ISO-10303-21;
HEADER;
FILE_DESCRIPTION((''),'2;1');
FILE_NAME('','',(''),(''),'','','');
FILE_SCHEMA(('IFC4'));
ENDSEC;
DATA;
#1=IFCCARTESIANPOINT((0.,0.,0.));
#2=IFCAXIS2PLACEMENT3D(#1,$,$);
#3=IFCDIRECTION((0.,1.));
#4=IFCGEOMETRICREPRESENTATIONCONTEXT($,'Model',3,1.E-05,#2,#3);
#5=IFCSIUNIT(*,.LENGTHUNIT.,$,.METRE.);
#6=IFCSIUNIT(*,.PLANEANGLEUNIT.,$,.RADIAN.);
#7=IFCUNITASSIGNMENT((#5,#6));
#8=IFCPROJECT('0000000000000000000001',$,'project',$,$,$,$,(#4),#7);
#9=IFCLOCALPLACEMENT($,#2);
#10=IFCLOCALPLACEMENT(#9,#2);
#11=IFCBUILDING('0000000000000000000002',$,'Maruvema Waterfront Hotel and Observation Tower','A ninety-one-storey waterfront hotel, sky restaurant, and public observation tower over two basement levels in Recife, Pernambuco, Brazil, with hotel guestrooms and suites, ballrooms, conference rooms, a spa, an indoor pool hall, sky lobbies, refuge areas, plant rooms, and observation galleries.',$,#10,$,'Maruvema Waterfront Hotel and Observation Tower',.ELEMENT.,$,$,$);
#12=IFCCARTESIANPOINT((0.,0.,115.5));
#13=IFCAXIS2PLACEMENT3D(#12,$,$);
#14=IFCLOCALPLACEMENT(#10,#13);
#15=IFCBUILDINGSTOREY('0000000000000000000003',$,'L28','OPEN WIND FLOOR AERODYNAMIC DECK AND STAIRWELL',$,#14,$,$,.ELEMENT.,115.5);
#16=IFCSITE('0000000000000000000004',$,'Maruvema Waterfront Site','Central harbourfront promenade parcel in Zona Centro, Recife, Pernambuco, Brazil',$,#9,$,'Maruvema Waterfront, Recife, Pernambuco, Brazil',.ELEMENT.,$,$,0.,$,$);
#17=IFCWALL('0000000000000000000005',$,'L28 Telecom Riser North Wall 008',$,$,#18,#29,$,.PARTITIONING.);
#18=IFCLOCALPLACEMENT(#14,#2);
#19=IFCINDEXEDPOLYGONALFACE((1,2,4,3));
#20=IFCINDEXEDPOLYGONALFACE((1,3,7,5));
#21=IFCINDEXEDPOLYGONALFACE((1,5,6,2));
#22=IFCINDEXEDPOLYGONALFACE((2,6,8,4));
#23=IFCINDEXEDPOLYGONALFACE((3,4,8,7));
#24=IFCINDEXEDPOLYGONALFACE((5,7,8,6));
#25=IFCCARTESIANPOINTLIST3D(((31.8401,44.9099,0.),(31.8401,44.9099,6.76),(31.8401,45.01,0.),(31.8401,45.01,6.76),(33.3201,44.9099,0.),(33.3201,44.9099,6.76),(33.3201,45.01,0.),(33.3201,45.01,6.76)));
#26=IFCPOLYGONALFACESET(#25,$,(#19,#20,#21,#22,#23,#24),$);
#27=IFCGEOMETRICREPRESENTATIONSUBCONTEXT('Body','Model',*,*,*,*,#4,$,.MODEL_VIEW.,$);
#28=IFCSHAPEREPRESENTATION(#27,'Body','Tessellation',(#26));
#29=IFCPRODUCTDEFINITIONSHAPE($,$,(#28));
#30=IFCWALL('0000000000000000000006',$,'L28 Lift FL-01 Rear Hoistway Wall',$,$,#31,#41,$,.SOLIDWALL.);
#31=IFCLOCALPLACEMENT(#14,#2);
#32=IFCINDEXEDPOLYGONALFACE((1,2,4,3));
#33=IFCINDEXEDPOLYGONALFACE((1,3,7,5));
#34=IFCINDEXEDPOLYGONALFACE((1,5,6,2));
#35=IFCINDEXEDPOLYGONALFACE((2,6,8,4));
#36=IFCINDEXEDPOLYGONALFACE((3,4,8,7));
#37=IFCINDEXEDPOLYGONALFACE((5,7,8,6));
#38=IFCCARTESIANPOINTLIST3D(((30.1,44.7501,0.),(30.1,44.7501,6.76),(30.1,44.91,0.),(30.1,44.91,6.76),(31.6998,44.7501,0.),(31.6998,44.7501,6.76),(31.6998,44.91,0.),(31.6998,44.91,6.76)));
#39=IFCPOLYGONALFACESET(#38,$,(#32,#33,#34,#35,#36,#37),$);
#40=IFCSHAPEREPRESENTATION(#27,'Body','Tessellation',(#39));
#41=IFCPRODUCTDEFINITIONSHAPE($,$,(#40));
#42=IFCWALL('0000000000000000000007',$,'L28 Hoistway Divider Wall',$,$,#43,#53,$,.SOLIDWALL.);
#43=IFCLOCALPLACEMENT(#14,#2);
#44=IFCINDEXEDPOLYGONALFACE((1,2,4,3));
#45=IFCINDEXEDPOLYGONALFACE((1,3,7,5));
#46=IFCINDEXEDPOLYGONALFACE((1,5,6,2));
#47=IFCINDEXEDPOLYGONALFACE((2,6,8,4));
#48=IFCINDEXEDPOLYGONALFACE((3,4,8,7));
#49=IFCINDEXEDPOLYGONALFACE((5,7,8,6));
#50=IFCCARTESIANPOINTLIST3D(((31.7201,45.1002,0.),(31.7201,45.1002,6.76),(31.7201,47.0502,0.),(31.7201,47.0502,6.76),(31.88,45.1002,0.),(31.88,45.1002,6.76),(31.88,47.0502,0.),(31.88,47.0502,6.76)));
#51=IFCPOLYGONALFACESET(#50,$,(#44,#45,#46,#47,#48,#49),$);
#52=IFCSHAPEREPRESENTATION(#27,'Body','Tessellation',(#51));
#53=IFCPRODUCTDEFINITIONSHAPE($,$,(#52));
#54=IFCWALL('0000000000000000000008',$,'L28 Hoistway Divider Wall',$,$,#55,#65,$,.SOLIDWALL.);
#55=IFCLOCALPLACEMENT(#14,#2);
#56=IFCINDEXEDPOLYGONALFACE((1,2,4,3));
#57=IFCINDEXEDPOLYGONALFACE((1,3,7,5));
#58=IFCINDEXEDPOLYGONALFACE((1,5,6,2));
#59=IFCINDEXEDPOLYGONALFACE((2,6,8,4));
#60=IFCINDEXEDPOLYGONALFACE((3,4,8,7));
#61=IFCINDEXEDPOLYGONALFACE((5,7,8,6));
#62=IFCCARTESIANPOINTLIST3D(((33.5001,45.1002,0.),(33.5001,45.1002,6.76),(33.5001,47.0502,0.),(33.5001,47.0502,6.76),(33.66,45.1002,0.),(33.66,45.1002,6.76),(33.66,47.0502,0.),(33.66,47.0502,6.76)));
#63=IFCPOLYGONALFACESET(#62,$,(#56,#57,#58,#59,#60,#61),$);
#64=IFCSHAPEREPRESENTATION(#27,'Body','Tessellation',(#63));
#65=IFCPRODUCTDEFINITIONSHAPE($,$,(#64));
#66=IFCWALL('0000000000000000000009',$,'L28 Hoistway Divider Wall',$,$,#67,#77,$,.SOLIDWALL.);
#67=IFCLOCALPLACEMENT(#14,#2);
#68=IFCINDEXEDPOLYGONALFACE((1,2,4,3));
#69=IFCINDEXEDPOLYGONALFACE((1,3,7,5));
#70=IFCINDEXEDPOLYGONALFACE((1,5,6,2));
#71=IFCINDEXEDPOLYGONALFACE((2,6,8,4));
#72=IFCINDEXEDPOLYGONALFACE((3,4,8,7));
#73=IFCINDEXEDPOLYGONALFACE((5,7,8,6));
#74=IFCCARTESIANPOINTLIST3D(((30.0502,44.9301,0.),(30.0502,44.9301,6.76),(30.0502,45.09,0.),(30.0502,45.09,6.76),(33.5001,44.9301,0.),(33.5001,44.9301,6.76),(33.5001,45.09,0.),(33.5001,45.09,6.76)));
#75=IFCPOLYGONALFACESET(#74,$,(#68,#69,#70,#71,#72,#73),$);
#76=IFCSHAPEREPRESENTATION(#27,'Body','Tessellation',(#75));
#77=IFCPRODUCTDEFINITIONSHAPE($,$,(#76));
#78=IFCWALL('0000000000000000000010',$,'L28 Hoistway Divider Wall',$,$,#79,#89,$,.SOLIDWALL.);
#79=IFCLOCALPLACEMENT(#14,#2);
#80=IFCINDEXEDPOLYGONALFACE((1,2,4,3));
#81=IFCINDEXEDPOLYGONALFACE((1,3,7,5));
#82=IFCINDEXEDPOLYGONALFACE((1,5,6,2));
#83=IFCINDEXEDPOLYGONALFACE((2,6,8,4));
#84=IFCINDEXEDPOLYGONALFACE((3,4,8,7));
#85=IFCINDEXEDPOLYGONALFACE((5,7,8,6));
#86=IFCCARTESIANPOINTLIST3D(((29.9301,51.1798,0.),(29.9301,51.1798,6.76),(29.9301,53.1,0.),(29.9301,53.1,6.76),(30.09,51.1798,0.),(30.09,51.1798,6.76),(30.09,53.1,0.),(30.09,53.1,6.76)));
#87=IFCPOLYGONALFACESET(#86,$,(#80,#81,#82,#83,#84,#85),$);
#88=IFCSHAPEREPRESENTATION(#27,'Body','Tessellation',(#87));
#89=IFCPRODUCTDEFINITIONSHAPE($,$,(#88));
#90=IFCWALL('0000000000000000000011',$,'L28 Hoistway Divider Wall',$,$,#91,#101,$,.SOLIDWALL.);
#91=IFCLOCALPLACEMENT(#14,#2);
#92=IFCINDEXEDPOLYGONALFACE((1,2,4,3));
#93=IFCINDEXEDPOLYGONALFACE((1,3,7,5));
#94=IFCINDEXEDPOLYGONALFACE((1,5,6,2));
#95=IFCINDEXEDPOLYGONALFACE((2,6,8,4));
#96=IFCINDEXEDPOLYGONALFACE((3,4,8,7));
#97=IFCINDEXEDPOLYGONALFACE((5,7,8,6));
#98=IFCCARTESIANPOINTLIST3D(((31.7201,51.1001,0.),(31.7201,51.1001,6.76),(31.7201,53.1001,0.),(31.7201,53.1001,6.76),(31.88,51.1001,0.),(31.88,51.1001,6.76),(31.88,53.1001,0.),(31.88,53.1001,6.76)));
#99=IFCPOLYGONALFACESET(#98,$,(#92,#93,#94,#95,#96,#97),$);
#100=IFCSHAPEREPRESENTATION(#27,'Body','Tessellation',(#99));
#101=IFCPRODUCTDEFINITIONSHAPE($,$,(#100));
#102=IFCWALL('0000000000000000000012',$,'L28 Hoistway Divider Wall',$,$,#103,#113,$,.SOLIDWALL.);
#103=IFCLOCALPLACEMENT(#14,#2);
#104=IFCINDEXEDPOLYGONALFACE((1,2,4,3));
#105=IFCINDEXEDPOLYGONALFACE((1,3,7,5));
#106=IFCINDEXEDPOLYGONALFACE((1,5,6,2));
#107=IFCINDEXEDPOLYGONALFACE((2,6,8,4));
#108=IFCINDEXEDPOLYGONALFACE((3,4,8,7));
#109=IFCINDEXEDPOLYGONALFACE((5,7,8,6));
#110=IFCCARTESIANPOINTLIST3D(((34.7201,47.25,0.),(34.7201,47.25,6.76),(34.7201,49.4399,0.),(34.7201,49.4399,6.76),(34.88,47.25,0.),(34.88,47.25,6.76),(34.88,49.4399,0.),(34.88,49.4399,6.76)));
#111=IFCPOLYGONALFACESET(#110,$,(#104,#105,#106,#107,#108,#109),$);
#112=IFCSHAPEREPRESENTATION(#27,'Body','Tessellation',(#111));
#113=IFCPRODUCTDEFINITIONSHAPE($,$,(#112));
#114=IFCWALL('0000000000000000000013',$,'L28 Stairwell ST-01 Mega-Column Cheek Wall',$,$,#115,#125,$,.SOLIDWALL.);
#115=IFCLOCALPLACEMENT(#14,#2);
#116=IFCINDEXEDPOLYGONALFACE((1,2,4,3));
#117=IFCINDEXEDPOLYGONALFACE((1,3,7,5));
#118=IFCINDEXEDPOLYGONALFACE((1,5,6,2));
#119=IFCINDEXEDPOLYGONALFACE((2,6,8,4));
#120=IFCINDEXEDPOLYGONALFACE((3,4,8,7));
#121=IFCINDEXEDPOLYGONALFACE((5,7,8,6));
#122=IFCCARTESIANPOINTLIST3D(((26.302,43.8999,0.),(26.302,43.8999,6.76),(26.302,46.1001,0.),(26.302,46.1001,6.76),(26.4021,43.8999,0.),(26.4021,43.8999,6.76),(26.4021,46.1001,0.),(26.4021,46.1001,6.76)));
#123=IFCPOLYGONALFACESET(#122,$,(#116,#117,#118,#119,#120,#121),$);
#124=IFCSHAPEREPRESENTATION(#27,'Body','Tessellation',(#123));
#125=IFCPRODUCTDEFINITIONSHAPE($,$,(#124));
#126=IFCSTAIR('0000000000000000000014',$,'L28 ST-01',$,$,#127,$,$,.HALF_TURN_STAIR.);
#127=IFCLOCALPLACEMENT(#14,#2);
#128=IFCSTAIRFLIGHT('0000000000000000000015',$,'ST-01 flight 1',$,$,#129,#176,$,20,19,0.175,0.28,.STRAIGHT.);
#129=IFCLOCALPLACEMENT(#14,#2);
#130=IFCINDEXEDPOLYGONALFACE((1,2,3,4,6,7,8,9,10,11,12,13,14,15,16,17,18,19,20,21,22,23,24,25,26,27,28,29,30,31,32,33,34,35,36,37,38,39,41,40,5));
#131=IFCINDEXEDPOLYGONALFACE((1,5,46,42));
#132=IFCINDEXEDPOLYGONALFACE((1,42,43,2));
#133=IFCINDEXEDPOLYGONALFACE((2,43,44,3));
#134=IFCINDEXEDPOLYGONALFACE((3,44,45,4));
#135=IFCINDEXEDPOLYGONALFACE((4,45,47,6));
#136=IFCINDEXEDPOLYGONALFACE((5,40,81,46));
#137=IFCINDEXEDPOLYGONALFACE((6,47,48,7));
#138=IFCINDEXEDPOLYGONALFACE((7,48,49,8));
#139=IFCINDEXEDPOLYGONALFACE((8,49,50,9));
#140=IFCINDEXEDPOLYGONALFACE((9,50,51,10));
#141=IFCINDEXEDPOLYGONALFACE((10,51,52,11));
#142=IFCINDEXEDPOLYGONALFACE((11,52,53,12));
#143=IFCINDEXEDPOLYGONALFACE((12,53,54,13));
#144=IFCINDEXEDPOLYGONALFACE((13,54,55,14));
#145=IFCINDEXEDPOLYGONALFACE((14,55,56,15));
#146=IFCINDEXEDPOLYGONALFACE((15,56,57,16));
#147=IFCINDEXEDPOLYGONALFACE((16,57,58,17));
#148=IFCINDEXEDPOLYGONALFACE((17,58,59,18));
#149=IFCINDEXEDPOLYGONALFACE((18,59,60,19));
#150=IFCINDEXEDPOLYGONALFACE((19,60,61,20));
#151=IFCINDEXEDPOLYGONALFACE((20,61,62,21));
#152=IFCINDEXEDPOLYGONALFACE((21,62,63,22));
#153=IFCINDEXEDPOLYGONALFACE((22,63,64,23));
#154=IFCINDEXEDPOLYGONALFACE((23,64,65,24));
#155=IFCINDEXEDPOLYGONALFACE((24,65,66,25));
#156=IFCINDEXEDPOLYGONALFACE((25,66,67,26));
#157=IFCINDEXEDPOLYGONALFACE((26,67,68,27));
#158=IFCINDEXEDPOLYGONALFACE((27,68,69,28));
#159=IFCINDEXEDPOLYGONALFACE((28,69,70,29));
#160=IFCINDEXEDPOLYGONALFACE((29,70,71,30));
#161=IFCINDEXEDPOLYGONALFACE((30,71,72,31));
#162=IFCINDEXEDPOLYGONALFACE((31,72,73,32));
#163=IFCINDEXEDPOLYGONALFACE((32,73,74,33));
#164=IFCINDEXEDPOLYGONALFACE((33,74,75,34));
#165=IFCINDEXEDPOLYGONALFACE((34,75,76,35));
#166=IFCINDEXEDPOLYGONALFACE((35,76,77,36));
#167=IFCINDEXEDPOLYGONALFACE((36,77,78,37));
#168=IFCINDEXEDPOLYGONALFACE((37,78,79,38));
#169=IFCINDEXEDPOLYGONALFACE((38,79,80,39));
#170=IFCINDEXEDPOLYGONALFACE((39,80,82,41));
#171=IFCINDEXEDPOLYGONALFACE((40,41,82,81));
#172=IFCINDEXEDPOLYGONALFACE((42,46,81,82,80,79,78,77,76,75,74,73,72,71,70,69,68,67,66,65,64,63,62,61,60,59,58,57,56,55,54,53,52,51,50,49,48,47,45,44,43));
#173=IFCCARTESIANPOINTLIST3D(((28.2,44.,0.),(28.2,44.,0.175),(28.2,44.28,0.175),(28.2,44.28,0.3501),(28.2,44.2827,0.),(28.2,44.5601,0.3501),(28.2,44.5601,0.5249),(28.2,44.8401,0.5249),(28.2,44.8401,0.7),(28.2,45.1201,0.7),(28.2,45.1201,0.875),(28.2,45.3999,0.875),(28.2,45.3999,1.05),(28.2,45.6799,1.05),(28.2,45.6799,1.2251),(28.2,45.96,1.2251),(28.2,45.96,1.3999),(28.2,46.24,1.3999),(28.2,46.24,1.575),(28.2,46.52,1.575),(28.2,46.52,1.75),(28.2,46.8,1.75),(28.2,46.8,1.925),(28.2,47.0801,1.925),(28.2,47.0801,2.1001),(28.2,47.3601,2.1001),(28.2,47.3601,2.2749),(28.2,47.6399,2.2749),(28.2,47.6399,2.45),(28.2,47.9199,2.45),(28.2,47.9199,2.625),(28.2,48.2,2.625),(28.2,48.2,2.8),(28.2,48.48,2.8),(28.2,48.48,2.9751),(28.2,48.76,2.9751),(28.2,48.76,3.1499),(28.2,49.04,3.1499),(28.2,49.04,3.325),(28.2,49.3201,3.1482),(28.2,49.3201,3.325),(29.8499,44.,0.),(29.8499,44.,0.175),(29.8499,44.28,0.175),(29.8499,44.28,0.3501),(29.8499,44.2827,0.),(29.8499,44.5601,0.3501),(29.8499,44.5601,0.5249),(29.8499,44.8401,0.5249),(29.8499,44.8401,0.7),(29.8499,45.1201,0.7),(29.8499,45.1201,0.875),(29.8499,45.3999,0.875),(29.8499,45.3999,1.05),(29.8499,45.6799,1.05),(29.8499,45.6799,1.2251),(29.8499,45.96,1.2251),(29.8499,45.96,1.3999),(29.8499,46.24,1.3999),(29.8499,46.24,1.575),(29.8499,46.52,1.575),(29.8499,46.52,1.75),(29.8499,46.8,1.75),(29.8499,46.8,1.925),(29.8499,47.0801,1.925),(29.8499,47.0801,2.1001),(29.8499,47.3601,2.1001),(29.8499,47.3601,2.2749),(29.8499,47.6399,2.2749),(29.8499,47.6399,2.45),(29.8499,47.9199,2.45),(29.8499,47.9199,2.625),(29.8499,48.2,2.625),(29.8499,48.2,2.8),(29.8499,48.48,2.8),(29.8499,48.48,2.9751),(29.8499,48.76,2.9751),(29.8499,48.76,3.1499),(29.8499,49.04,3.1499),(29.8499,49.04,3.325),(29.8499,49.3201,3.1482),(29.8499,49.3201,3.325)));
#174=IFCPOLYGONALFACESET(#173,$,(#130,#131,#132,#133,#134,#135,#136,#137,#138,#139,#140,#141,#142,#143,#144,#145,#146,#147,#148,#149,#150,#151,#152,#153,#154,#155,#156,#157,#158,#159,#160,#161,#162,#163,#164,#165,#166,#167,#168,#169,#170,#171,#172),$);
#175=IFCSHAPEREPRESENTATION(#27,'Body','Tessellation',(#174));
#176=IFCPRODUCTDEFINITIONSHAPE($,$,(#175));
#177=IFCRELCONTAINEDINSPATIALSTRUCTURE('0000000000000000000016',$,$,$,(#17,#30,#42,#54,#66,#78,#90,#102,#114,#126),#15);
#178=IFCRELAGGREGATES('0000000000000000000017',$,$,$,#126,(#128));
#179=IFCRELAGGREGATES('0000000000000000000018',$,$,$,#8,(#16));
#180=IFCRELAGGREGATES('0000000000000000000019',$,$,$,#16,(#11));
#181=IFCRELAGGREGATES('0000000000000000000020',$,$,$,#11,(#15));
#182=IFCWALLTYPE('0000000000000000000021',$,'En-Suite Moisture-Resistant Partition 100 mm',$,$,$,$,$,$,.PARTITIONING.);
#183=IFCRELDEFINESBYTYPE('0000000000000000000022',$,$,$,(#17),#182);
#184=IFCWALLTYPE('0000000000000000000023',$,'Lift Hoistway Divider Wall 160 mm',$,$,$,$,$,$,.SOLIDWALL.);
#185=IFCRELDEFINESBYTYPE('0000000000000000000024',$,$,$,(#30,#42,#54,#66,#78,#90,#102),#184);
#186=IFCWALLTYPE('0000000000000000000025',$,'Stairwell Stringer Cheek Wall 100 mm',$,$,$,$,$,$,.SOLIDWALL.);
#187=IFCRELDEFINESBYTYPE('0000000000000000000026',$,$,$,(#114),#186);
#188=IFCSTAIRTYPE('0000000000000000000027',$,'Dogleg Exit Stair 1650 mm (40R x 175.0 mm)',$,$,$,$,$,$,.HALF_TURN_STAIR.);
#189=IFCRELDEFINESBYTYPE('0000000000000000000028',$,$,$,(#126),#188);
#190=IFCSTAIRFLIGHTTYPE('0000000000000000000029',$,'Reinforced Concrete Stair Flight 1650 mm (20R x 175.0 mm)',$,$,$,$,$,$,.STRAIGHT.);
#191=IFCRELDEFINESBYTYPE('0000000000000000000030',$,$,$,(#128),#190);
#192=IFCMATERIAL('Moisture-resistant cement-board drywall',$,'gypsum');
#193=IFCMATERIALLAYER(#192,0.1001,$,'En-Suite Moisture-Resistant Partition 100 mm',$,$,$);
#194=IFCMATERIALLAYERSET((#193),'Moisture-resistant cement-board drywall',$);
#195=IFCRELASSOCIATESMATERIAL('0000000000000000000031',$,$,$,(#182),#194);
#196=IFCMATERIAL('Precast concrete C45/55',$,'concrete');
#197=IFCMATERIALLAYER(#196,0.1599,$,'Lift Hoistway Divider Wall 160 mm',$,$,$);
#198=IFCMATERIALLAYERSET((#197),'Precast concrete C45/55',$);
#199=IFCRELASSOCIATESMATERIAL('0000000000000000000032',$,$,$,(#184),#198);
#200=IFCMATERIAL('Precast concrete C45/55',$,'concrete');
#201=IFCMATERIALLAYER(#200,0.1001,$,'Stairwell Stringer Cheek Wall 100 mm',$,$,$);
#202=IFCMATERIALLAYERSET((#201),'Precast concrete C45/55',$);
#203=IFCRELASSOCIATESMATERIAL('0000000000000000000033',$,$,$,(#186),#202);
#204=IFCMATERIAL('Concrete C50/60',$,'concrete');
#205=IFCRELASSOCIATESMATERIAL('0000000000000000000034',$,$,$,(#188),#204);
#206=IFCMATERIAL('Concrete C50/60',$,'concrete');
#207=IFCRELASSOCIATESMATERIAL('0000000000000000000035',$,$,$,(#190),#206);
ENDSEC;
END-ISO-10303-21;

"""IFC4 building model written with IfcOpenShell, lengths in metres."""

from ifc_helpers import new_model, si_unit, direction, frame, frame_2d, origin, place, context, subcontext, project, spatial, polyline, rectangle, outline, extrude, material, layer, layer_set, type_object, element, aggregate, save


model = new_model("IFC4")

# Units and contexts
model_context = context("Model", 3, precision=1e-05, world=origin(), true_north=direction((0.0, 1.0)))
body_context = subcontext(model_context, "Body", "Model", "MODEL_VIEW")
ifc_project = project(units=[si_unit("LENGTHUNIT", "METRE"), si_unit("PLANEANGLEUNIT", "RADIAN")], contexts=[model_context])

# Site, building, storey
site_placement = place(None, origin())
site = spatial("IfcSite", under=ifc_project, at=site_placement, Name="Maruvema Waterfront Site", Description="Central harbourfront promenade parcel in Zona Centro, Recife, Pernambuco, Brazil", LongName="Maruvema Waterfront, Recife, Pernambuco, Brazil", CompositionType="ELEMENT", RefElevation=0.0)
building_placement = place(site_placement, origin())
building = spatial("IfcBuilding", under=site, at=building_placement, Name="Maruvema Waterfront Hotel and Observation Tower", Description="A ninety-one-storey waterfront hotel, sky restaurant, and public observation tower over two basement levels in Recife, Pernambuco, Brazil, with hotel guestrooms and suites, ballrooms, conference rooms, a spa, an indoor pool hall, sky lobbies, refuge areas, plant rooms, and observation galleries.", LongName="Maruvema Waterfront Hotel and Observation Tower", CompositionType="ELEMENT")
storey_placement = place(building_placement, frame((0.0, 0.0, 115.5)))
storey = spatial("IfcBuildingStorey", under=building, at=storey_placement, Name="L28", Description="OPEN WIND FLOOR AERODYNAMIC DECK AND STAIRWELL", CompositionType="ELEMENT", Elevation=115.5)

# Walls
ifc_material_1 = material(Name="Moisture-resistant cement-board drywall", Category="gypsum")
ifc_layer_1 = layer(ifc_material_1, 0.1001, Name="En-Suite Moisture-Resistant Partition 100 mm")
ifc_layer_set_1 = layer_set([ifc_layer_1], Name="Moisture-resistant cement-board drywall")
wall_type_1 = type_object("IfcWallType", Name="En-Suite Moisture-Resistant Partition 100 mm", PredefinedType="PARTITIONING", material=ifc_layer_set_1)
wall_1_placement = place(storey_placement, frame((31.8401, 44.96, 0.0), z_axis=(0.0, 0.0, 1.0), x_axis=(1.0, 0.0, 0.0)))
element("IfcWall", 1, at=wall_1_placement, inside=storey, type_object=wall_type_1, Name="L28 Telecom Riser North Wall 008", PredefinedType="PARTITIONING", context=body_context, shape_type="SweptSolid", body=[
    extrude(rectangle(XDim=1.48, YDim=0.1001, at=frame_2d((0.74, 0.0))), origin(), (0.0, 0.0, 1.0), 6.76),
])
ifc_material_2 = material(Name="Precast concrete C45/55", Category="concrete")
ifc_layer_2 = layer(ifc_material_2, 0.1599, Name="Lift Hoistway Divider Wall 160 mm")
ifc_layer_set_2 = layer_set([ifc_layer_2], Name="Precast concrete C45/55")
wall_type_2 = type_object("IfcWallType", Name="Lift Hoistway Divider Wall 160 mm", PredefinedType="SOLIDWALL", material=ifc_layer_set_2)
wall_2_placement = place(storey_placement, frame((30.1001, 44.8301, 0.0), z_axis=(0.0, 0.0, 1.0), x_axis=(1.0, 0.0, 0.0)))
element("IfcWall", 2, at=wall_2_placement, inside=storey, type_object=wall_type_2, Name="L28 Lift FL-01 Rear Hoistway Wall", PredefinedType="SOLIDWALL", context=body_context, shape_type="SweptSolid", body=[
    extrude(rectangle(XDim=1.5999, YDim=0.1599, at=frame_2d((0.7998, 0.0))), origin(), (0.0, 0.0, 1.0), 6.76),
])
for number, where, z_axis, x_axis, name in (
    (3, (31.8, 45.1001, 0.0), (0.0, 0.0, 1.0), (0.0, 1.0, 0.0), "L28 Hoistway Divider Wall"),
    (4, (33.5801, 45.1001, 0.0), (0.0, 0.0, 1.0), (0.0, 1.0, 0.0), "L28 Hoistway Divider Wall"),
):
    element("IfcWall", number, at=place(storey_placement, frame(where, z_axis=z_axis, x_axis=x_axis)), inside=storey, type_object=wall_type_2, Name=name, PredefinedType="SOLIDWALL", context=body_context, shape_type="SweptSolid", body=[
        extrude(rectangle(XDim=1.95, YDim=0.1599, at=frame_2d((0.9751, 0.0))), origin(), (0.0, 0.0, 1.0), 6.76),
    ])
wall_3_placement = place(storey_placement, frame((30.05, 45.01, 0.0), z_axis=(0.0, 0.0, 1.0), x_axis=(1.0, 0.0, 0.0)))
element("IfcWall", 5, at=wall_3_placement, inside=storey, type_object=wall_type_2, Name="L28 Hoistway Divider Wall", PredefinedType="SOLIDWALL", context=body_context, shape_type="SweptSolid", body=[
    extrude(rectangle(XDim=3.45, YDim=0.1599, at=frame_2d((1.7251, 0.0))), origin(), (0.0, 0.0, 1.0), 6.76),
])
wall_4_placement = place(storey_placement, frame((30.01, 51.1799, 0.0), z_axis=(0.0, 0.0, 1.0), x_axis=(0.0, 1.0, 0.0)))
element("IfcWall", 6, at=wall_4_placement, inside=storey, type_object=wall_type_2, Name="L28 Hoistway Divider Wall", PredefinedType="SOLIDWALL", context=body_context, shape_type="SweptSolid", body=[
    extrude(rectangle(XDim=1.9202, YDim=0.1599, at=frame_2d((0.96, 0.0))), origin(), (0.0, 0.0, 1.0), 6.76),
])
wall_5_placement = place(storey_placement, frame((31.8, 51.1001, 0.0), z_axis=(0.0, 0.0, 1.0), x_axis=(0.0, 1.0, 0.0)))
element("IfcWall", 7, at=wall_5_placement, inside=storey, type_object=wall_type_2, Name="L28 Hoistway Divider Wall", PredefinedType="SOLIDWALL", context=body_context, shape_type="SweptSolid", body=[
    extrude(rectangle(XDim=2.0, YDim=0.1599, at=frame_2d((1.0, 0.0))), origin(), (0.0, 0.0, 1.0), 6.76),
])
wall_6_placement = place(storey_placement, frame((34.8, 47.25, 0.0), z_axis=(0.0, 0.0, 1.0), x_axis=(0.0, 1.0, 0.0)))
element("IfcWall", 8, at=wall_6_placement, inside=storey, type_object=wall_type_2, Name="L28 Hoistway Divider Wall", PredefinedType="SOLIDWALL", context=body_context, shape_type="SweptSolid", body=[
    extrude(rectangle(XDim=2.1899, YDim=0.1599, at=frame_2d((1.095, 0.0))), origin(), (0.0, 0.0, 1.0), 6.76),
])
ifc_material_3 = material(Name="Precast concrete C45/55", Category="concrete")
ifc_layer_3 = layer(ifc_material_3, 0.1001, Name="Stairwell Stringer Cheek Wall 100 mm")
ifc_layer_set_3 = layer_set([ifc_layer_3], Name="Precast concrete C45/55")
wall_type_3 = type_object("IfcWallType", Name="Stairwell Stringer Cheek Wall 100 mm", PredefinedType="SOLIDWALL", material=ifc_layer_set_3)
wall_7_placement = place(storey_placement, frame((26.3521, 43.8999, 0.0), z_axis=(0.0, 0.0, 1.0), x_axis=(0.0, 1.0, 0.0)))
element("IfcWall", 9, at=wall_7_placement, inside=storey, type_object=wall_type_3, Name="L28 Stairwell ST-01 Mega-Column Cheek Wall", PredefinedType="SOLIDWALL", context=body_context, shape_type="SweptSolid", body=[
    extrude(rectangle(XDim=2.2002, YDim=0.1001, at=frame_2d((1.1001, 0.0))), origin(), (0.0, 0.0, 1.0), 6.76),
])

# Stair, stair flight
ifc_material_4 = material(Name="Concrete C50/60", Category="concrete")
stair_type = type_object("IfcStairType", Name="Dogleg Exit Stair 1650 mm (40R x 175.0 mm)", PredefinedType="HALF_TURN_STAIR", material=ifc_material_4)
stair_1_placement = place(storey_placement, origin())
stair_1 = element("IfcStair", 10, at=stair_1_placement, inside=storey, type_object=stair_type, Name="L28 ST-01", PredefinedType="HALF_TURN_STAIR")
ifc_material_5 = material(Name="Concrete C50/60", Category="concrete")
stair_flight_type = type_object("IfcStairFlightType", Name="Reinforced Concrete Stair Flight 1650 mm (20R x 175.0 mm)", PredefinedType="STRAIGHT", material=ifc_material_5)
stair_flight_1_placement = place(storey_placement, frame((29.0249, 44.0, 0.0), z_axis=(0.0, 0.0, 1.0), x_axis=(0.0, 1.0, 0.0)))
stair_flight_1 = element("IfcStairFlight", 11, at=stair_flight_1_placement, type_object=stair_flight_type, Name="ST-01 flight 1", NumberOfRisers=20, NumberOfTreads=19, PredefinedType="STRAIGHT", RiserHeight=0.175, TreadLength=0.28, context=body_context, shape_type="SweptSolid", body=[
    extrude(outline(polyline([(0.0, 0.0), (0.0, 0.175), (0.28, 0.175), (0.28, 0.3501), (0.5601, 0.3501), (0.5601, 0.5249), (0.8401, 0.5249), (0.8401, 0.7), (1.1201, 0.7), (1.1201, 0.875), (1.3999, 0.875), (1.3999, 1.05), (1.6799, 1.05), (1.6799, 1.2251), (1.96, 1.2251), (1.96, 1.3999), (2.24, 1.3999), (2.24, 1.575), (2.52, 1.575), (2.52, 1.75), (2.8, 1.75), (2.8, 1.925), (3.0801, 1.925), (3.0801, 2.1001), (3.3601, 2.1001), (3.3601, 2.2749), (3.6399, 2.2749), (3.6399, 2.45), (3.9199, 2.45), (3.9199, 2.625), (4.2, 2.625), (4.2, 2.8), (4.48, 2.8), (4.48, 2.9751), (4.76, 2.9751), (4.76, 3.1499), (5.04, 3.1499), (5.04, 3.325), (5.3201, 3.325), (5.3201, 3.5), (5.3201, 3.1482), (0.2827, 0.0), (0.0, 0.0)])), frame((0.0, 0.825, 0.0), z_axis=(0.0, -1.0, 0.0), x_axis=(1.0, 0.0, 0.0)), (0.0, 0.0, 1.0), 1.6499),
])
aggregate(stair_1, [stair_flight_1])

save(model, "model.ifc")
